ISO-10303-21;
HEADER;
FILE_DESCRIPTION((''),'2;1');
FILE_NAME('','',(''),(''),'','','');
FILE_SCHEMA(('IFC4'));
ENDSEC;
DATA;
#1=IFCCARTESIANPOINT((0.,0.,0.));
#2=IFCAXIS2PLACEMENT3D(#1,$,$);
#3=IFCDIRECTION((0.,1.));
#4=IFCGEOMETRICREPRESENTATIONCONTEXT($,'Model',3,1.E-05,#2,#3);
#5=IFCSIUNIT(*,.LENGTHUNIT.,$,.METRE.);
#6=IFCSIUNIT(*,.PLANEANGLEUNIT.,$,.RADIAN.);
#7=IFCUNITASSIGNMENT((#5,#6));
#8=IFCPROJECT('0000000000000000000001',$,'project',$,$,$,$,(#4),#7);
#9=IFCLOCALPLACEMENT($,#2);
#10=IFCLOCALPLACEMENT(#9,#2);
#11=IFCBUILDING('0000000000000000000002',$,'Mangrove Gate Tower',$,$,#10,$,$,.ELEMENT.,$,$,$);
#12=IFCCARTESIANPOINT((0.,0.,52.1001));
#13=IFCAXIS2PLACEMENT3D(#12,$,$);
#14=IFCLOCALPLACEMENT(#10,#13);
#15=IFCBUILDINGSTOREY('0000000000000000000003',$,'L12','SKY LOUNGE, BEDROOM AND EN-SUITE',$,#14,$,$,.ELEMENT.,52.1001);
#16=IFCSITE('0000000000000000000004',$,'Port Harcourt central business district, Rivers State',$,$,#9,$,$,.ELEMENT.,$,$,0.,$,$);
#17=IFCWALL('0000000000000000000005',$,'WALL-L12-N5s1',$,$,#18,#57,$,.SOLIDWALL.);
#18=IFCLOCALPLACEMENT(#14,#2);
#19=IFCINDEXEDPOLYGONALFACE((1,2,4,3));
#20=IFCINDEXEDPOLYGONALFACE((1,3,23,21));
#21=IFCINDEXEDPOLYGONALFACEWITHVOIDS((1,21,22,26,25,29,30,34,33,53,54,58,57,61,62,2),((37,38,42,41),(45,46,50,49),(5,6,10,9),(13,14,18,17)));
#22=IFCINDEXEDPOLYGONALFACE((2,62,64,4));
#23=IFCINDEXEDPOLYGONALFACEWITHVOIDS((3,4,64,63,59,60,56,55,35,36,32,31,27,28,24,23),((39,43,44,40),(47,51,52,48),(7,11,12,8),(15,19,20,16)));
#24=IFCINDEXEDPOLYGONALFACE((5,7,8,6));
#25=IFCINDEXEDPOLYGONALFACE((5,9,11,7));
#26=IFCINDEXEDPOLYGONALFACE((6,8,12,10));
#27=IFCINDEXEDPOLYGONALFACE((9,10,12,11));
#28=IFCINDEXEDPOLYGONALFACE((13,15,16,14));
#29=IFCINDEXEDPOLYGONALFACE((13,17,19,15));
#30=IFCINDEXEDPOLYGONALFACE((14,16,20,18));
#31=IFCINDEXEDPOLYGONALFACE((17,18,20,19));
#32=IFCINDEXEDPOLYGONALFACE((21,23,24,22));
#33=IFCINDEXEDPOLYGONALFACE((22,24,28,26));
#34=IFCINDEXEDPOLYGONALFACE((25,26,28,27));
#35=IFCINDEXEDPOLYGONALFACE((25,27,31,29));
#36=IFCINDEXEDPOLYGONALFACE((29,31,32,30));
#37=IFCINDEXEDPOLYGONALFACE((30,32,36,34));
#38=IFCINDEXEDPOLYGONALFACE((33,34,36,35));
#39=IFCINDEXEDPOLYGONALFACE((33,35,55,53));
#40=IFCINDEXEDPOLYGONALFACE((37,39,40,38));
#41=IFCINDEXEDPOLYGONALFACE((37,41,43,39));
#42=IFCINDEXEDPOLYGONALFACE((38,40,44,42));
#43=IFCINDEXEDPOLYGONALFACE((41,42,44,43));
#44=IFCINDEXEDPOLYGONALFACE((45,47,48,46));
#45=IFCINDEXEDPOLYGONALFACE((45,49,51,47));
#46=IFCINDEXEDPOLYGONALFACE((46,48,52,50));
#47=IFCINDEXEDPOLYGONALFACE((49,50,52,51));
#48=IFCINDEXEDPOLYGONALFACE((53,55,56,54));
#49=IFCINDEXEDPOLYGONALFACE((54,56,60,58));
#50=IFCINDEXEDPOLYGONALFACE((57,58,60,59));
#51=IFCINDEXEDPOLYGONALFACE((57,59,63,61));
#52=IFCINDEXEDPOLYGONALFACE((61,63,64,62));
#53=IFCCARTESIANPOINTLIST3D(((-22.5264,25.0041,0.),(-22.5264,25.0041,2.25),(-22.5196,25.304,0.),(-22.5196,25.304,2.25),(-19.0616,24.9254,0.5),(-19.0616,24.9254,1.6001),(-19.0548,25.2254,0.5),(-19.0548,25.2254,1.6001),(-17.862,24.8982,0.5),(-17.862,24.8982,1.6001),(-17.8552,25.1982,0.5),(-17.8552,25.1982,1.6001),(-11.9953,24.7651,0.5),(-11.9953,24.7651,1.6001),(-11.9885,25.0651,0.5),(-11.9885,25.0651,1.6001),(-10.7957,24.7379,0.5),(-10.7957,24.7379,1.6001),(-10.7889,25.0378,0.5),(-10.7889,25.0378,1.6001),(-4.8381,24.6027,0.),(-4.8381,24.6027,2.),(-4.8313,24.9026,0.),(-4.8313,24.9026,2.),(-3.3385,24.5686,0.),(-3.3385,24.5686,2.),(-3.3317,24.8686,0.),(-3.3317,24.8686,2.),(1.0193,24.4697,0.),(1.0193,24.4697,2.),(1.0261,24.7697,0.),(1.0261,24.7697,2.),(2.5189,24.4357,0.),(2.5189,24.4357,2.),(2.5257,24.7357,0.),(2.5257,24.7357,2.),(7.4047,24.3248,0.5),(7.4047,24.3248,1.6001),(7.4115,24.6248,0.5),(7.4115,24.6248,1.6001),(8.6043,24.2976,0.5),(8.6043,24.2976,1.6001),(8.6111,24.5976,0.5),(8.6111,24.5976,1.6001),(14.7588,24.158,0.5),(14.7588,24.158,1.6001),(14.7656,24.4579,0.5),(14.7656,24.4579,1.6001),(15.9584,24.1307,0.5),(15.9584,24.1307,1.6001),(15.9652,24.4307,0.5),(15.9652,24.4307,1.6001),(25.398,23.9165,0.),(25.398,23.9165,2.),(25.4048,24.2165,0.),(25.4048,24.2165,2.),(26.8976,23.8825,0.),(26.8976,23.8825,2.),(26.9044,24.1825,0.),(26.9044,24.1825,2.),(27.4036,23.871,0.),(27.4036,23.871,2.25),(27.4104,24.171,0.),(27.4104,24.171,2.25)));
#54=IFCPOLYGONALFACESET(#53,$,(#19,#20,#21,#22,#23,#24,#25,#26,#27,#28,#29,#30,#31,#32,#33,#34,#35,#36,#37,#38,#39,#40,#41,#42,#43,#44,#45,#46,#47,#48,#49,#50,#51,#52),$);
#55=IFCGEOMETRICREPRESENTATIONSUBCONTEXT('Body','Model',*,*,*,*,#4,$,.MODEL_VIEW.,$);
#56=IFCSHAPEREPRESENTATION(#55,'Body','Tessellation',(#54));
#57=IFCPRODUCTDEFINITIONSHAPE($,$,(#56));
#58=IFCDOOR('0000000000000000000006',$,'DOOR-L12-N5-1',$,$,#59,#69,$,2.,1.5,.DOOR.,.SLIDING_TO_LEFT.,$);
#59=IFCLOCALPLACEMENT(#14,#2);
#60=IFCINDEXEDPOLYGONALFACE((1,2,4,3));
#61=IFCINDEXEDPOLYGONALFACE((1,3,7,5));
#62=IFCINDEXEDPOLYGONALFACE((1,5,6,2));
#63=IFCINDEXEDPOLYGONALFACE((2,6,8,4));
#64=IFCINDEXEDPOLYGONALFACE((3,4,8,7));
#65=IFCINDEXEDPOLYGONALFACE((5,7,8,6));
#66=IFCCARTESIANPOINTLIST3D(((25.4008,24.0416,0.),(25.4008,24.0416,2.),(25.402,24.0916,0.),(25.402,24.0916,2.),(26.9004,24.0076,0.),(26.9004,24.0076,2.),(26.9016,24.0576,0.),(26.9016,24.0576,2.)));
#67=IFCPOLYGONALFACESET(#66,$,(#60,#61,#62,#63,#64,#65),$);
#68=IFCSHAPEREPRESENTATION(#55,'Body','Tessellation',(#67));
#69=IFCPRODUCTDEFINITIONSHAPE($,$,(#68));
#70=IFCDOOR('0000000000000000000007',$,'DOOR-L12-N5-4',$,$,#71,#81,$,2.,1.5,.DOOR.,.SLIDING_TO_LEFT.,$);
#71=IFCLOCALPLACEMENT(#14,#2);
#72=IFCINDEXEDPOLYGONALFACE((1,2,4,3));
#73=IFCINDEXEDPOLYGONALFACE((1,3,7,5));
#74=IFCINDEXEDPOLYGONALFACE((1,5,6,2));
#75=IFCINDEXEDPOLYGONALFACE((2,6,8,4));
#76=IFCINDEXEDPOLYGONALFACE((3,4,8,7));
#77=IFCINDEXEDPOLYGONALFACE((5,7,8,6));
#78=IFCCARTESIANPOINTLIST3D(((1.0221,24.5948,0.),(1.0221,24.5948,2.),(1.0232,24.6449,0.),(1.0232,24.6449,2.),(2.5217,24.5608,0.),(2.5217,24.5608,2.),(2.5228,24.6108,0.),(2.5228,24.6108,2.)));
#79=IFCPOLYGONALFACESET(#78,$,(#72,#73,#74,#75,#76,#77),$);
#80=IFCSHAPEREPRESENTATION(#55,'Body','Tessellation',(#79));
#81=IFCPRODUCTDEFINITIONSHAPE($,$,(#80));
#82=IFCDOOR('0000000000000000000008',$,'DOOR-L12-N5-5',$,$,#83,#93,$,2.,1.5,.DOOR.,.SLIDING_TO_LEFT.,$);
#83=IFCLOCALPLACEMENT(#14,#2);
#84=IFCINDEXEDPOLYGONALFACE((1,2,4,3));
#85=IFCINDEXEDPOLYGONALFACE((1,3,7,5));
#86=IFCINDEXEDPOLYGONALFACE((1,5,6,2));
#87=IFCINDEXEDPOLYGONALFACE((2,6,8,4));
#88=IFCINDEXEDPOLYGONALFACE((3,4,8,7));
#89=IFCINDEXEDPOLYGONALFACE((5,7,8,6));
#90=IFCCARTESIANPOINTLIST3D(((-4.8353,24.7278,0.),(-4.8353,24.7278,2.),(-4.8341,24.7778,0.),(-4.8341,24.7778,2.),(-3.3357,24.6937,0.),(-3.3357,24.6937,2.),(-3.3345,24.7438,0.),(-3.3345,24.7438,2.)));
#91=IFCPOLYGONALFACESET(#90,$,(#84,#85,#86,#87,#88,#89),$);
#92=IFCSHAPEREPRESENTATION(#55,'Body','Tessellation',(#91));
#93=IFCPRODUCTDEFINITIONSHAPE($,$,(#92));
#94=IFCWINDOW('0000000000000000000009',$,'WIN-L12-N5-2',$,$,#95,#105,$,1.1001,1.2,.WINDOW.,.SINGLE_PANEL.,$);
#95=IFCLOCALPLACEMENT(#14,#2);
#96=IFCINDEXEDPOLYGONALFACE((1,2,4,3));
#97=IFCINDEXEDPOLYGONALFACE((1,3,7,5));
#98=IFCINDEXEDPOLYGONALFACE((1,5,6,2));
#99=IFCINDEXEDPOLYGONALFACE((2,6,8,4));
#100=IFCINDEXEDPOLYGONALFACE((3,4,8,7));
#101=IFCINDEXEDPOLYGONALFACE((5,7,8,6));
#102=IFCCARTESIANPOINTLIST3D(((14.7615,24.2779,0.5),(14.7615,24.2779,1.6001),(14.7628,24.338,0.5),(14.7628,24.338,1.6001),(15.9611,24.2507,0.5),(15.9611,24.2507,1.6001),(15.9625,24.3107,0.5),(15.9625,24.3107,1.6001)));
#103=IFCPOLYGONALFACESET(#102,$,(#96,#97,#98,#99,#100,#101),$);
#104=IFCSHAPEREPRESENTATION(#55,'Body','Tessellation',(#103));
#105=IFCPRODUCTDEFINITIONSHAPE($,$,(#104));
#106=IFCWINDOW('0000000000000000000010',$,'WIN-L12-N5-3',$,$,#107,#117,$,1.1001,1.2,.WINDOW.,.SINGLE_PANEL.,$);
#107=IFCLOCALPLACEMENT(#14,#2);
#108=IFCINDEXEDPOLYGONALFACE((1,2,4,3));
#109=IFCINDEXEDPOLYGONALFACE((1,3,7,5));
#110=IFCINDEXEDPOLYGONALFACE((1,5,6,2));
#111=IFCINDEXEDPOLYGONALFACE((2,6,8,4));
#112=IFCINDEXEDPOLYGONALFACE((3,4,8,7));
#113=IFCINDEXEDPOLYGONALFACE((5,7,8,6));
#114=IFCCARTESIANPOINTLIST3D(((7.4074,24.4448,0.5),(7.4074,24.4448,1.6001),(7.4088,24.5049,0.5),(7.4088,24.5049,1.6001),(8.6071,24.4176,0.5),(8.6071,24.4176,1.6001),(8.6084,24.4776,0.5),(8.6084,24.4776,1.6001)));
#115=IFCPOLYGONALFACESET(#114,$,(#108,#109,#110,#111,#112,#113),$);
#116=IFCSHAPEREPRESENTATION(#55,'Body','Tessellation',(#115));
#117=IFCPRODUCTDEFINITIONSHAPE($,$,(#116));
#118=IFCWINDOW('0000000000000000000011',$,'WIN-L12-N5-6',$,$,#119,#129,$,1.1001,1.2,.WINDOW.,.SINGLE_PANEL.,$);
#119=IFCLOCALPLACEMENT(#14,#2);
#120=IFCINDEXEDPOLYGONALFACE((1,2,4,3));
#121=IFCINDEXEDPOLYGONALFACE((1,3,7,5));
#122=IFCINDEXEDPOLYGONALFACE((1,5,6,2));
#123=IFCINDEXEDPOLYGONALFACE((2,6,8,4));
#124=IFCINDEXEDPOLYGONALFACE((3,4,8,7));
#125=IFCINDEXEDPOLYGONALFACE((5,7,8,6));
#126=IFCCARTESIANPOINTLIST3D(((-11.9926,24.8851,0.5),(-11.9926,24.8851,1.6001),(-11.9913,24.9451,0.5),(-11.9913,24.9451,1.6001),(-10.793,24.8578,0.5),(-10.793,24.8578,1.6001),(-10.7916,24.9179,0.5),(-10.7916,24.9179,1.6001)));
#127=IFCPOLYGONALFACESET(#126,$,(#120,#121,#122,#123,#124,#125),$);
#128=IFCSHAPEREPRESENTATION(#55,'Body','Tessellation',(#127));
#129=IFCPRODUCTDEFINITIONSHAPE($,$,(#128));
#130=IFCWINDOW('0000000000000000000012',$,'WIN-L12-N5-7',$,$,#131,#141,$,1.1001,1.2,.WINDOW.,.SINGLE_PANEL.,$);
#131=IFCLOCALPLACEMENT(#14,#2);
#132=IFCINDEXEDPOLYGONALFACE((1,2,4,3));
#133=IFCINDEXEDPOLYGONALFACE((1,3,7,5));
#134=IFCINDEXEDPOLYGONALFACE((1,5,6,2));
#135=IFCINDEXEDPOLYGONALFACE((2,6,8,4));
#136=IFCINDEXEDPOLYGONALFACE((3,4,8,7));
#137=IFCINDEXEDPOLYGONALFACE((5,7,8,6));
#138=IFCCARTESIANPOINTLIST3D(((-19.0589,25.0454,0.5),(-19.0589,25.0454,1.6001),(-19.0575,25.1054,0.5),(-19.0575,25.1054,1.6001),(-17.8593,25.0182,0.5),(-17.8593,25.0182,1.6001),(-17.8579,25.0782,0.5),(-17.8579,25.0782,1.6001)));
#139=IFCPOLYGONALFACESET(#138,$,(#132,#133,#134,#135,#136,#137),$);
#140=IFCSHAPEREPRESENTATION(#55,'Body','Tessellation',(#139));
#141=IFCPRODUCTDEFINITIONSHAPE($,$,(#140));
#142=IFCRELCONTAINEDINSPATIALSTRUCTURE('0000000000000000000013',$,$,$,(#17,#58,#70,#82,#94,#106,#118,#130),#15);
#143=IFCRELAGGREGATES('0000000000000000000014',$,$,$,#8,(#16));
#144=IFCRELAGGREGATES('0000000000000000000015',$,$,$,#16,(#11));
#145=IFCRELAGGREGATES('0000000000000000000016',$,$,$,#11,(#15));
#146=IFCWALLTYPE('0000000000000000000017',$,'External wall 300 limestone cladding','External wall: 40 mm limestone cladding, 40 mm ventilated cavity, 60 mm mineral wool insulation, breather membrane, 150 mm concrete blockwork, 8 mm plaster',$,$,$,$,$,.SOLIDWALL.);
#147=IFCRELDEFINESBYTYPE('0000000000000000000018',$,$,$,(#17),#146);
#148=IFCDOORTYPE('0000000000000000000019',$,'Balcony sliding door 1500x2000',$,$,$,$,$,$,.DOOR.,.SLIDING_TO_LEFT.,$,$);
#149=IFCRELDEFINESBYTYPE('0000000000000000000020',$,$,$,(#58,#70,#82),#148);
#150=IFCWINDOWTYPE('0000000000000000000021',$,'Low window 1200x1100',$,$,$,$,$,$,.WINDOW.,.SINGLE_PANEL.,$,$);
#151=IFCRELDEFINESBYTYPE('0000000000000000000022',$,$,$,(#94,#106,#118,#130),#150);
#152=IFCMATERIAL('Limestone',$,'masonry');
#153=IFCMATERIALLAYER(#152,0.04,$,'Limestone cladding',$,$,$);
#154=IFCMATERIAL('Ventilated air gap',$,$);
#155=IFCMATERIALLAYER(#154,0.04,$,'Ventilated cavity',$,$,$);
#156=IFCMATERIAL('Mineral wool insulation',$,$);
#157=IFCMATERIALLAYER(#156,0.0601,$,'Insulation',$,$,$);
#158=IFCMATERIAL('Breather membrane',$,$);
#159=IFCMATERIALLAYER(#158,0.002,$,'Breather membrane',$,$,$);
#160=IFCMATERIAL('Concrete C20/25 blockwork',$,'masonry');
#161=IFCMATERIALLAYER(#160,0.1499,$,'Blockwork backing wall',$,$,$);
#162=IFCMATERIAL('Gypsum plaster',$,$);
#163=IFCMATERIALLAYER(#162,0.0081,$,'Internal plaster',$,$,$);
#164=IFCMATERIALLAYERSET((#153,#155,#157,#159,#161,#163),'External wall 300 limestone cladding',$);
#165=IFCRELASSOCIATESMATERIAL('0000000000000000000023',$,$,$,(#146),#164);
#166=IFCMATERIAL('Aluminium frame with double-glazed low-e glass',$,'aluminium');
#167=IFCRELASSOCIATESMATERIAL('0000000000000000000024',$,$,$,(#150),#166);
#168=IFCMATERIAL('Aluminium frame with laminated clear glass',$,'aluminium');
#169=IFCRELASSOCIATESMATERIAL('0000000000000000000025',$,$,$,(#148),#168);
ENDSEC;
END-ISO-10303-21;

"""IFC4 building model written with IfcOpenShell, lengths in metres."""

from ifc_helpers import new_model, si_unit, direction, frame, frame_2d, origin, place, context, subcontext, project, spatial, rectangle, extrude, material, layer, layer_set, type_object, element, fill, save


model = new_model("IFC4")

# Units and contexts
model_context = context("Model", 3, precision=1e-05, world=origin(), true_north=direction((0.0, 1.0)))
body_context = subcontext(model_context, "Body", "Model", "MODEL_VIEW")
ifc_project = project(units=[si_unit("LENGTHUNIT", "METRE"), si_unit("PLANEANGLEUNIT", "RADIAN")], contexts=[model_context])

# Site, building, storey
site_placement = place(None, origin())
site = spatial("IfcSite", under=ifc_project, at=site_placement, Name="Port Harcourt central business district, Rivers State", CompositionType="ELEMENT", RefElevation=0.0)
building_placement = place(site_placement, origin())
building = spatial("IfcBuilding", under=site, at=building_placement, Name="Mangrove Gate Tower", CompositionType="ELEMENT")
storey_placement = place(building_placement, frame((0.0, 0.0, 52.1001)))
storey = spatial("IfcBuildingStorey", under=building, at=storey_placement, Name="L12", Description="SKY LOUNGE, BEDROOM AND EN-SUITE", CompositionType="ELEMENT", Elevation=52.1001)

# Shared definitions
ifc_material_1 = material(Name="Limestone", Category="masonry")
ifc_layer_1 = layer(ifc_material_1, 0.04, Name="Limestone cladding")
ifc_material_2 = material(Name="Ventilated air gap")
ifc_layer_2 = layer(ifc_material_2, 0.04, Name="Ventilated cavity")
ifc_material_3 = material(Name="Mineral wool insulation")
ifc_layer_3 = layer(ifc_material_3, 0.0601, Name="Insulation")
ifc_material_4 = material(Name="Breather membrane")
ifc_layer_4 = layer(ifc_material_4, 0.002, Name="Breather membrane")
ifc_material_5 = material(Name="Concrete C20/25 blockwork", Category="masonry")
ifc_layer_5 = layer(ifc_material_5, 0.1499, Name="Blockwork backing wall")
ifc_material_6 = material(Name="Gypsum plaster")
ifc_layer_6 = layer(ifc_material_6, 0.0081, Name="Internal plaster")
ifc_layer_set = layer_set([ifc_layer_1, ifc_layer_2, ifc_layer_3, ifc_layer_4, ifc_layer_5, ifc_layer_6], Name="External wall 300 limestone cladding")
wall_type = type_object("IfcWallType", Name="External wall 300 limestone cladding", Description="External wall: 40 mm limestone cladding, 40 mm ventilated cavity, 60 mm mineral wool insulation, breather membrane, 150 mm concrete blockwork, 8 mm plaster", PredefinedType="SOLIDWALL", material=ifc_layer_set)
ifc_material_7 = material(Name="Aluminium frame with double-glazed low-e glass", Category="aluminium")
window_type = type_object("IfcWindowType", Name="Low window 1200x1100", PartitioningType="SINGLE_PANEL", PredefinedType="WINDOW", material=ifc_material_7)

# Wall, openings, doors, windows
wall_1_placement = place(storey_placement, frame((27.407, 24.021, 0.0), z_axis=(0.0, 0.0, 1.0), x_axis=(-0.999743, 0.022687, 0.0)))
wall_1 = element("IfcWall", 1, at=wall_1_placement, inside=storey, type_object=wall_type, Name="WALL-L12-N5s1", PredefinedType="SOLIDWALL", context=body_context, shape_type="SweptSolid", body=[
    extrude(rectangle(XDim=49.9429, YDim=0.3, at=frame_2d((24.9714, 0.0))), origin(), (0.0, 0.0, 1.0), 2.25),
])
opening_1_placement = place(wall_1_placement, frame((0.5061, 0.0, 0.0)))
opening_1 = element("IfcOpeningElement", 2, at=opening_1_placement, cuts=wall_1, PredefinedType="OPENING", context=body_context, shape_type="SweptSolid", body=[
    extrude(rectangle(XDim=1.5, YDim=2.0, at=frame_2d((0.75, 1.0))), frame((0.0, 0.1599, 0.0), z_axis=(0.0, -1.0, 0.0), x_axis=(1.0, 0.0, 0.0)), (0.0, 0.0, 1.0), 0.3201),
])
opening_2_placement = place(wall_1_placement, frame((11.448, 0.0, 0.5)))
opening_2 = element("IfcOpeningElement", 3, at=opening_2_placement, cuts=wall_1, PredefinedType="OPENING", context=body_context, shape_type="SweptSolid", body=[
    extrude(rectangle(XDim=1.2, YDim=1.1001, at=frame_2d((0.6001, 0.55))), frame((0.0, 0.1599, 0.0), z_axis=(0.0, -1.0, 0.0), x_axis=(1.0, 0.0, 0.0)), (0.0, 0.0, 1.0), 0.3201),
])
opening_3_placement = place(wall_1_placement, frame((18.804, 0.0, 0.5)))
opening_3 = element("IfcOpeningElement", 4, at=opening_3_placement, cuts=wall_1, PredefinedType="OPENING", context=body_context, shape_type="SweptSolid", body=[
    extrude(rectangle(XDim=1.2, YDim=1.1001, at=frame_2d((0.6001, 0.55))), frame((0.0, 0.1599, 0.0), z_axis=(0.0, -1.0, 0.0), x_axis=(1.0, 0.0, 0.0)), (0.0, 0.0, 1.0), 0.3201),
])
opening_4_placement = place(wall_1_placement, frame((24.8911, 0.0, 0.0)))
opening_4 = element("IfcOpeningElement", 5, at=opening_4_placement, cuts=wall_1, PredefinedType="OPENING", context=body_context, shape_type="SweptSolid", body=[
    extrude(rectangle(XDim=1.5, YDim=2.0, at=frame_2d((0.75, 1.0))), frame((0.0, 0.1599, 0.0), z_axis=(0.0, -1.0, 0.0), x_axis=(1.0, 0.0, 0.0)), (0.0, 0.0, 1.0), 0.3201),
])
opening_5_placement = place(wall_1_placement, frame((30.75, 0.0, 0.0)))
opening_5 = element("IfcOpeningElement", 6, at=opening_5_placement, cuts=wall_1, PredefinedType="OPENING", context=body_context, shape_type="SweptSolid", body=[
    extrude(rectangle(XDim=1.5, YDim=2.0, at=frame_2d((0.75, 1.0))), frame((0.0, 0.1599, 0.0), z_axis=(0.0, -1.0, 0.0), x_axis=(1.0, 0.0, 0.0)), (0.0, 0.0, 1.0), 0.3201),
])
opening_6_placement = place(wall_1_placement, frame((38.209, 0.0, 0.5)))
opening_6 = element("IfcOpeningElement", 7, at=opening_6_placement, cuts=wall_1, PredefinedType="OPENING", context=body_context, shape_type="SweptSolid", body=[
    extrude(rectangle(XDim=1.2, YDim=1.1001, at=frame_2d((0.6001, 0.55))), frame((0.0, 0.1599, 0.0), z_axis=(0.0, -1.0, 0.0), x_axis=(1.0, 0.0, 0.0)), (0.0, 0.0, 1.0), 0.3201),
])
opening_7_placement = place(wall_1_placement, frame((45.2771, 0.0, 0.5)))
opening_7 = element("IfcOpeningElement", 8, at=opening_7_placement, cuts=wall_1, PredefinedType="OPENING", context=body_context, shape_type="SweptSolid", body=[
    extrude(rectangle(XDim=1.2, YDim=1.1001, at=frame_2d((0.6001, 0.55))), frame((0.0, 0.1599, 0.0), z_axis=(0.0, -1.0, 0.0), x_axis=(1.0, 0.0, 0.0)), (0.0, 0.0, 1.0), 0.3201),
])
ifc_material_8 = material(Name="Aluminium frame with laminated clear glass", Category="aluminium")
door_type = type_object("IfcDoorType", Name="Balcony sliding door 1500x2000", OperationType="SLIDING_TO_LEFT", PredefinedType="DOOR", material=ifc_material_8)
door_1_placement = place(opening_1_placement, origin())
door_1 = element("IfcDoor", 9, at=door_1_placement, inside=storey, type_object=door_type, Name="DOOR-L12-N5-1", OperationType="SLIDING_TO_LEFT", OverallHeight=2.0, OverallWidth=1.5, PredefinedType="DOOR", context=body_context, shape_type="SweptSolid", body=[
    extrude(rectangle(XDim=1.5, YDim=2.0, at=frame_2d((0.75, 1.0))), frame((0.0, 0.0249, 0.0), z_axis=(0.0, -1.0, 0.0), x_axis=(1.0, 0.0, 0.0)), (0.0, 0.0, 1.0), 0.05),
])
fill(opening_1, door_1)
door_2_placement = place(opening_4_placement, origin())
door_2 = element("IfcDoor", 10, at=door_2_placement, inside=storey, type_object=door_type, Name="DOOR-L12-N5-4", OperationType="SLIDING_TO_LEFT", OverallHeight=2.0, OverallWidth=1.5, PredefinedType="DOOR", context=body_context, shape_type="SweptSolid", body=[
    extrude(rectangle(XDim=1.5, YDim=2.0, at=frame_2d((0.75, 1.0))), frame((0.0, 0.0249, 0.0), z_axis=(0.0, -1.0, 0.0), x_axis=(1.0, 0.0, 0.0)), (0.0, 0.0, 1.0), 0.05),
])
fill(opening_4, door_2)
door_3_placement = place(opening_5_placement, origin())
door_3 = element("IfcDoor", 11, at=door_3_placement, inside=storey, type_object=door_type, Name="DOOR-L12-N5-5", OperationType="SLIDING_TO_LEFT", OverallHeight=2.0, OverallWidth=1.5, PredefinedType="DOOR", context=body_context, shape_type="SweptSolid", body=[
    extrude(rectangle(XDim=1.5, YDim=2.0, at=frame_2d((0.75, 1.0))), frame((0.0, 0.0249, 0.0), z_axis=(0.0, -1.0, 0.0), x_axis=(1.0, 0.0, 0.0)), (0.0, 0.0, 1.0), 0.05),
])
fill(opening_5, door_3)
window_1_placement = place(opening_2_placement, origin())
window_1 = element("IfcWindow", 12, at=window_1_placement, inside=storey, type_object=window_type, Name="WIN-L12-N5-2", OverallHeight=1.1001, OverallWidth=1.2, PartitioningType="SINGLE_PANEL", PredefinedType="WINDOW", context=body_context, shape_type="SweptSolid", body=[
    extrude(rectangle(XDim=1.2, YDim=1.1001, at=frame_2d((0.6001, 0.55))), frame((0.0, 0.03, 0.0), z_axis=(0.0, -1.0, 0.0), x_axis=(1.0, 0.0, 0.0)), (0.0, 0.0, 1.0), 0.0601),
])
fill(opening_2, window_1)
window_2_placement = place(opening_3_placement, origin())
window_2 = element("IfcWindow", 13, at=window_2_placement, inside=storey, type_object=window_type, Name="WIN-L12-N5-3", OverallHeight=1.1001, OverallWidth=1.2, PartitioningType="SINGLE_PANEL", PredefinedType="WINDOW", context=body_context, shape_type="SweptSolid", body=[
    extrude(rectangle(XDim=1.2, YDim=1.1001, at=frame_2d((0.6001, 0.55))), frame((0.0, 0.03, 0.0), z_axis=(0.0, -1.0, 0.0), x_axis=(1.0, 0.0, 0.0)), (0.0, 0.0, 1.0), 0.0601),
])
fill(opening_3, window_2)
window_3_placement = place(opening_6_placement, origin())
window_3 = element("IfcWindow", 14, at=window_3_placement, inside=storey, type_object=window_type, Name="WIN-L12-N5-6", OverallHeight=1.1001, OverallWidth=1.2, PartitioningType="SINGLE_PANEL", PredefinedType="WINDOW", context=body_context, shape_type="SweptSolid", body=[
    extrude(rectangle(XDim=1.2, YDim=1.1001, at=frame_2d((0.6001, 0.55))), frame((0.0, 0.03, 0.0), z_axis=(0.0, -1.0, 0.0), x_axis=(1.0, 0.0, 0.0)), (0.0, 0.0, 1.0), 0.0601),
])
fill(opening_6, window_3)
window_4_placement = place(opening_7_placement, origin())
window_4 = element("IfcWindow", 15, at=window_4_placement, inside=storey, type_object=window_type, Name="WIN-L12-N5-7", OverallHeight=1.1001, OverallWidth=1.2, PartitioningType="SINGLE_PANEL", PredefinedType="WINDOW", context=body_context, shape_type="SweptSolid", body=[
    extrude(rectangle(XDim=1.2, YDim=1.1001, at=frame_2d((0.6001, 0.55))), frame((0.0, 0.03, 0.0), z_axis=(0.0, -1.0, 0.0), x_axis=(1.0, 0.0, 0.0)), (0.0, 0.0, 1.0), 0.0601),
])
fill(opening_7, window_4)

save(model, "model.ifc")
